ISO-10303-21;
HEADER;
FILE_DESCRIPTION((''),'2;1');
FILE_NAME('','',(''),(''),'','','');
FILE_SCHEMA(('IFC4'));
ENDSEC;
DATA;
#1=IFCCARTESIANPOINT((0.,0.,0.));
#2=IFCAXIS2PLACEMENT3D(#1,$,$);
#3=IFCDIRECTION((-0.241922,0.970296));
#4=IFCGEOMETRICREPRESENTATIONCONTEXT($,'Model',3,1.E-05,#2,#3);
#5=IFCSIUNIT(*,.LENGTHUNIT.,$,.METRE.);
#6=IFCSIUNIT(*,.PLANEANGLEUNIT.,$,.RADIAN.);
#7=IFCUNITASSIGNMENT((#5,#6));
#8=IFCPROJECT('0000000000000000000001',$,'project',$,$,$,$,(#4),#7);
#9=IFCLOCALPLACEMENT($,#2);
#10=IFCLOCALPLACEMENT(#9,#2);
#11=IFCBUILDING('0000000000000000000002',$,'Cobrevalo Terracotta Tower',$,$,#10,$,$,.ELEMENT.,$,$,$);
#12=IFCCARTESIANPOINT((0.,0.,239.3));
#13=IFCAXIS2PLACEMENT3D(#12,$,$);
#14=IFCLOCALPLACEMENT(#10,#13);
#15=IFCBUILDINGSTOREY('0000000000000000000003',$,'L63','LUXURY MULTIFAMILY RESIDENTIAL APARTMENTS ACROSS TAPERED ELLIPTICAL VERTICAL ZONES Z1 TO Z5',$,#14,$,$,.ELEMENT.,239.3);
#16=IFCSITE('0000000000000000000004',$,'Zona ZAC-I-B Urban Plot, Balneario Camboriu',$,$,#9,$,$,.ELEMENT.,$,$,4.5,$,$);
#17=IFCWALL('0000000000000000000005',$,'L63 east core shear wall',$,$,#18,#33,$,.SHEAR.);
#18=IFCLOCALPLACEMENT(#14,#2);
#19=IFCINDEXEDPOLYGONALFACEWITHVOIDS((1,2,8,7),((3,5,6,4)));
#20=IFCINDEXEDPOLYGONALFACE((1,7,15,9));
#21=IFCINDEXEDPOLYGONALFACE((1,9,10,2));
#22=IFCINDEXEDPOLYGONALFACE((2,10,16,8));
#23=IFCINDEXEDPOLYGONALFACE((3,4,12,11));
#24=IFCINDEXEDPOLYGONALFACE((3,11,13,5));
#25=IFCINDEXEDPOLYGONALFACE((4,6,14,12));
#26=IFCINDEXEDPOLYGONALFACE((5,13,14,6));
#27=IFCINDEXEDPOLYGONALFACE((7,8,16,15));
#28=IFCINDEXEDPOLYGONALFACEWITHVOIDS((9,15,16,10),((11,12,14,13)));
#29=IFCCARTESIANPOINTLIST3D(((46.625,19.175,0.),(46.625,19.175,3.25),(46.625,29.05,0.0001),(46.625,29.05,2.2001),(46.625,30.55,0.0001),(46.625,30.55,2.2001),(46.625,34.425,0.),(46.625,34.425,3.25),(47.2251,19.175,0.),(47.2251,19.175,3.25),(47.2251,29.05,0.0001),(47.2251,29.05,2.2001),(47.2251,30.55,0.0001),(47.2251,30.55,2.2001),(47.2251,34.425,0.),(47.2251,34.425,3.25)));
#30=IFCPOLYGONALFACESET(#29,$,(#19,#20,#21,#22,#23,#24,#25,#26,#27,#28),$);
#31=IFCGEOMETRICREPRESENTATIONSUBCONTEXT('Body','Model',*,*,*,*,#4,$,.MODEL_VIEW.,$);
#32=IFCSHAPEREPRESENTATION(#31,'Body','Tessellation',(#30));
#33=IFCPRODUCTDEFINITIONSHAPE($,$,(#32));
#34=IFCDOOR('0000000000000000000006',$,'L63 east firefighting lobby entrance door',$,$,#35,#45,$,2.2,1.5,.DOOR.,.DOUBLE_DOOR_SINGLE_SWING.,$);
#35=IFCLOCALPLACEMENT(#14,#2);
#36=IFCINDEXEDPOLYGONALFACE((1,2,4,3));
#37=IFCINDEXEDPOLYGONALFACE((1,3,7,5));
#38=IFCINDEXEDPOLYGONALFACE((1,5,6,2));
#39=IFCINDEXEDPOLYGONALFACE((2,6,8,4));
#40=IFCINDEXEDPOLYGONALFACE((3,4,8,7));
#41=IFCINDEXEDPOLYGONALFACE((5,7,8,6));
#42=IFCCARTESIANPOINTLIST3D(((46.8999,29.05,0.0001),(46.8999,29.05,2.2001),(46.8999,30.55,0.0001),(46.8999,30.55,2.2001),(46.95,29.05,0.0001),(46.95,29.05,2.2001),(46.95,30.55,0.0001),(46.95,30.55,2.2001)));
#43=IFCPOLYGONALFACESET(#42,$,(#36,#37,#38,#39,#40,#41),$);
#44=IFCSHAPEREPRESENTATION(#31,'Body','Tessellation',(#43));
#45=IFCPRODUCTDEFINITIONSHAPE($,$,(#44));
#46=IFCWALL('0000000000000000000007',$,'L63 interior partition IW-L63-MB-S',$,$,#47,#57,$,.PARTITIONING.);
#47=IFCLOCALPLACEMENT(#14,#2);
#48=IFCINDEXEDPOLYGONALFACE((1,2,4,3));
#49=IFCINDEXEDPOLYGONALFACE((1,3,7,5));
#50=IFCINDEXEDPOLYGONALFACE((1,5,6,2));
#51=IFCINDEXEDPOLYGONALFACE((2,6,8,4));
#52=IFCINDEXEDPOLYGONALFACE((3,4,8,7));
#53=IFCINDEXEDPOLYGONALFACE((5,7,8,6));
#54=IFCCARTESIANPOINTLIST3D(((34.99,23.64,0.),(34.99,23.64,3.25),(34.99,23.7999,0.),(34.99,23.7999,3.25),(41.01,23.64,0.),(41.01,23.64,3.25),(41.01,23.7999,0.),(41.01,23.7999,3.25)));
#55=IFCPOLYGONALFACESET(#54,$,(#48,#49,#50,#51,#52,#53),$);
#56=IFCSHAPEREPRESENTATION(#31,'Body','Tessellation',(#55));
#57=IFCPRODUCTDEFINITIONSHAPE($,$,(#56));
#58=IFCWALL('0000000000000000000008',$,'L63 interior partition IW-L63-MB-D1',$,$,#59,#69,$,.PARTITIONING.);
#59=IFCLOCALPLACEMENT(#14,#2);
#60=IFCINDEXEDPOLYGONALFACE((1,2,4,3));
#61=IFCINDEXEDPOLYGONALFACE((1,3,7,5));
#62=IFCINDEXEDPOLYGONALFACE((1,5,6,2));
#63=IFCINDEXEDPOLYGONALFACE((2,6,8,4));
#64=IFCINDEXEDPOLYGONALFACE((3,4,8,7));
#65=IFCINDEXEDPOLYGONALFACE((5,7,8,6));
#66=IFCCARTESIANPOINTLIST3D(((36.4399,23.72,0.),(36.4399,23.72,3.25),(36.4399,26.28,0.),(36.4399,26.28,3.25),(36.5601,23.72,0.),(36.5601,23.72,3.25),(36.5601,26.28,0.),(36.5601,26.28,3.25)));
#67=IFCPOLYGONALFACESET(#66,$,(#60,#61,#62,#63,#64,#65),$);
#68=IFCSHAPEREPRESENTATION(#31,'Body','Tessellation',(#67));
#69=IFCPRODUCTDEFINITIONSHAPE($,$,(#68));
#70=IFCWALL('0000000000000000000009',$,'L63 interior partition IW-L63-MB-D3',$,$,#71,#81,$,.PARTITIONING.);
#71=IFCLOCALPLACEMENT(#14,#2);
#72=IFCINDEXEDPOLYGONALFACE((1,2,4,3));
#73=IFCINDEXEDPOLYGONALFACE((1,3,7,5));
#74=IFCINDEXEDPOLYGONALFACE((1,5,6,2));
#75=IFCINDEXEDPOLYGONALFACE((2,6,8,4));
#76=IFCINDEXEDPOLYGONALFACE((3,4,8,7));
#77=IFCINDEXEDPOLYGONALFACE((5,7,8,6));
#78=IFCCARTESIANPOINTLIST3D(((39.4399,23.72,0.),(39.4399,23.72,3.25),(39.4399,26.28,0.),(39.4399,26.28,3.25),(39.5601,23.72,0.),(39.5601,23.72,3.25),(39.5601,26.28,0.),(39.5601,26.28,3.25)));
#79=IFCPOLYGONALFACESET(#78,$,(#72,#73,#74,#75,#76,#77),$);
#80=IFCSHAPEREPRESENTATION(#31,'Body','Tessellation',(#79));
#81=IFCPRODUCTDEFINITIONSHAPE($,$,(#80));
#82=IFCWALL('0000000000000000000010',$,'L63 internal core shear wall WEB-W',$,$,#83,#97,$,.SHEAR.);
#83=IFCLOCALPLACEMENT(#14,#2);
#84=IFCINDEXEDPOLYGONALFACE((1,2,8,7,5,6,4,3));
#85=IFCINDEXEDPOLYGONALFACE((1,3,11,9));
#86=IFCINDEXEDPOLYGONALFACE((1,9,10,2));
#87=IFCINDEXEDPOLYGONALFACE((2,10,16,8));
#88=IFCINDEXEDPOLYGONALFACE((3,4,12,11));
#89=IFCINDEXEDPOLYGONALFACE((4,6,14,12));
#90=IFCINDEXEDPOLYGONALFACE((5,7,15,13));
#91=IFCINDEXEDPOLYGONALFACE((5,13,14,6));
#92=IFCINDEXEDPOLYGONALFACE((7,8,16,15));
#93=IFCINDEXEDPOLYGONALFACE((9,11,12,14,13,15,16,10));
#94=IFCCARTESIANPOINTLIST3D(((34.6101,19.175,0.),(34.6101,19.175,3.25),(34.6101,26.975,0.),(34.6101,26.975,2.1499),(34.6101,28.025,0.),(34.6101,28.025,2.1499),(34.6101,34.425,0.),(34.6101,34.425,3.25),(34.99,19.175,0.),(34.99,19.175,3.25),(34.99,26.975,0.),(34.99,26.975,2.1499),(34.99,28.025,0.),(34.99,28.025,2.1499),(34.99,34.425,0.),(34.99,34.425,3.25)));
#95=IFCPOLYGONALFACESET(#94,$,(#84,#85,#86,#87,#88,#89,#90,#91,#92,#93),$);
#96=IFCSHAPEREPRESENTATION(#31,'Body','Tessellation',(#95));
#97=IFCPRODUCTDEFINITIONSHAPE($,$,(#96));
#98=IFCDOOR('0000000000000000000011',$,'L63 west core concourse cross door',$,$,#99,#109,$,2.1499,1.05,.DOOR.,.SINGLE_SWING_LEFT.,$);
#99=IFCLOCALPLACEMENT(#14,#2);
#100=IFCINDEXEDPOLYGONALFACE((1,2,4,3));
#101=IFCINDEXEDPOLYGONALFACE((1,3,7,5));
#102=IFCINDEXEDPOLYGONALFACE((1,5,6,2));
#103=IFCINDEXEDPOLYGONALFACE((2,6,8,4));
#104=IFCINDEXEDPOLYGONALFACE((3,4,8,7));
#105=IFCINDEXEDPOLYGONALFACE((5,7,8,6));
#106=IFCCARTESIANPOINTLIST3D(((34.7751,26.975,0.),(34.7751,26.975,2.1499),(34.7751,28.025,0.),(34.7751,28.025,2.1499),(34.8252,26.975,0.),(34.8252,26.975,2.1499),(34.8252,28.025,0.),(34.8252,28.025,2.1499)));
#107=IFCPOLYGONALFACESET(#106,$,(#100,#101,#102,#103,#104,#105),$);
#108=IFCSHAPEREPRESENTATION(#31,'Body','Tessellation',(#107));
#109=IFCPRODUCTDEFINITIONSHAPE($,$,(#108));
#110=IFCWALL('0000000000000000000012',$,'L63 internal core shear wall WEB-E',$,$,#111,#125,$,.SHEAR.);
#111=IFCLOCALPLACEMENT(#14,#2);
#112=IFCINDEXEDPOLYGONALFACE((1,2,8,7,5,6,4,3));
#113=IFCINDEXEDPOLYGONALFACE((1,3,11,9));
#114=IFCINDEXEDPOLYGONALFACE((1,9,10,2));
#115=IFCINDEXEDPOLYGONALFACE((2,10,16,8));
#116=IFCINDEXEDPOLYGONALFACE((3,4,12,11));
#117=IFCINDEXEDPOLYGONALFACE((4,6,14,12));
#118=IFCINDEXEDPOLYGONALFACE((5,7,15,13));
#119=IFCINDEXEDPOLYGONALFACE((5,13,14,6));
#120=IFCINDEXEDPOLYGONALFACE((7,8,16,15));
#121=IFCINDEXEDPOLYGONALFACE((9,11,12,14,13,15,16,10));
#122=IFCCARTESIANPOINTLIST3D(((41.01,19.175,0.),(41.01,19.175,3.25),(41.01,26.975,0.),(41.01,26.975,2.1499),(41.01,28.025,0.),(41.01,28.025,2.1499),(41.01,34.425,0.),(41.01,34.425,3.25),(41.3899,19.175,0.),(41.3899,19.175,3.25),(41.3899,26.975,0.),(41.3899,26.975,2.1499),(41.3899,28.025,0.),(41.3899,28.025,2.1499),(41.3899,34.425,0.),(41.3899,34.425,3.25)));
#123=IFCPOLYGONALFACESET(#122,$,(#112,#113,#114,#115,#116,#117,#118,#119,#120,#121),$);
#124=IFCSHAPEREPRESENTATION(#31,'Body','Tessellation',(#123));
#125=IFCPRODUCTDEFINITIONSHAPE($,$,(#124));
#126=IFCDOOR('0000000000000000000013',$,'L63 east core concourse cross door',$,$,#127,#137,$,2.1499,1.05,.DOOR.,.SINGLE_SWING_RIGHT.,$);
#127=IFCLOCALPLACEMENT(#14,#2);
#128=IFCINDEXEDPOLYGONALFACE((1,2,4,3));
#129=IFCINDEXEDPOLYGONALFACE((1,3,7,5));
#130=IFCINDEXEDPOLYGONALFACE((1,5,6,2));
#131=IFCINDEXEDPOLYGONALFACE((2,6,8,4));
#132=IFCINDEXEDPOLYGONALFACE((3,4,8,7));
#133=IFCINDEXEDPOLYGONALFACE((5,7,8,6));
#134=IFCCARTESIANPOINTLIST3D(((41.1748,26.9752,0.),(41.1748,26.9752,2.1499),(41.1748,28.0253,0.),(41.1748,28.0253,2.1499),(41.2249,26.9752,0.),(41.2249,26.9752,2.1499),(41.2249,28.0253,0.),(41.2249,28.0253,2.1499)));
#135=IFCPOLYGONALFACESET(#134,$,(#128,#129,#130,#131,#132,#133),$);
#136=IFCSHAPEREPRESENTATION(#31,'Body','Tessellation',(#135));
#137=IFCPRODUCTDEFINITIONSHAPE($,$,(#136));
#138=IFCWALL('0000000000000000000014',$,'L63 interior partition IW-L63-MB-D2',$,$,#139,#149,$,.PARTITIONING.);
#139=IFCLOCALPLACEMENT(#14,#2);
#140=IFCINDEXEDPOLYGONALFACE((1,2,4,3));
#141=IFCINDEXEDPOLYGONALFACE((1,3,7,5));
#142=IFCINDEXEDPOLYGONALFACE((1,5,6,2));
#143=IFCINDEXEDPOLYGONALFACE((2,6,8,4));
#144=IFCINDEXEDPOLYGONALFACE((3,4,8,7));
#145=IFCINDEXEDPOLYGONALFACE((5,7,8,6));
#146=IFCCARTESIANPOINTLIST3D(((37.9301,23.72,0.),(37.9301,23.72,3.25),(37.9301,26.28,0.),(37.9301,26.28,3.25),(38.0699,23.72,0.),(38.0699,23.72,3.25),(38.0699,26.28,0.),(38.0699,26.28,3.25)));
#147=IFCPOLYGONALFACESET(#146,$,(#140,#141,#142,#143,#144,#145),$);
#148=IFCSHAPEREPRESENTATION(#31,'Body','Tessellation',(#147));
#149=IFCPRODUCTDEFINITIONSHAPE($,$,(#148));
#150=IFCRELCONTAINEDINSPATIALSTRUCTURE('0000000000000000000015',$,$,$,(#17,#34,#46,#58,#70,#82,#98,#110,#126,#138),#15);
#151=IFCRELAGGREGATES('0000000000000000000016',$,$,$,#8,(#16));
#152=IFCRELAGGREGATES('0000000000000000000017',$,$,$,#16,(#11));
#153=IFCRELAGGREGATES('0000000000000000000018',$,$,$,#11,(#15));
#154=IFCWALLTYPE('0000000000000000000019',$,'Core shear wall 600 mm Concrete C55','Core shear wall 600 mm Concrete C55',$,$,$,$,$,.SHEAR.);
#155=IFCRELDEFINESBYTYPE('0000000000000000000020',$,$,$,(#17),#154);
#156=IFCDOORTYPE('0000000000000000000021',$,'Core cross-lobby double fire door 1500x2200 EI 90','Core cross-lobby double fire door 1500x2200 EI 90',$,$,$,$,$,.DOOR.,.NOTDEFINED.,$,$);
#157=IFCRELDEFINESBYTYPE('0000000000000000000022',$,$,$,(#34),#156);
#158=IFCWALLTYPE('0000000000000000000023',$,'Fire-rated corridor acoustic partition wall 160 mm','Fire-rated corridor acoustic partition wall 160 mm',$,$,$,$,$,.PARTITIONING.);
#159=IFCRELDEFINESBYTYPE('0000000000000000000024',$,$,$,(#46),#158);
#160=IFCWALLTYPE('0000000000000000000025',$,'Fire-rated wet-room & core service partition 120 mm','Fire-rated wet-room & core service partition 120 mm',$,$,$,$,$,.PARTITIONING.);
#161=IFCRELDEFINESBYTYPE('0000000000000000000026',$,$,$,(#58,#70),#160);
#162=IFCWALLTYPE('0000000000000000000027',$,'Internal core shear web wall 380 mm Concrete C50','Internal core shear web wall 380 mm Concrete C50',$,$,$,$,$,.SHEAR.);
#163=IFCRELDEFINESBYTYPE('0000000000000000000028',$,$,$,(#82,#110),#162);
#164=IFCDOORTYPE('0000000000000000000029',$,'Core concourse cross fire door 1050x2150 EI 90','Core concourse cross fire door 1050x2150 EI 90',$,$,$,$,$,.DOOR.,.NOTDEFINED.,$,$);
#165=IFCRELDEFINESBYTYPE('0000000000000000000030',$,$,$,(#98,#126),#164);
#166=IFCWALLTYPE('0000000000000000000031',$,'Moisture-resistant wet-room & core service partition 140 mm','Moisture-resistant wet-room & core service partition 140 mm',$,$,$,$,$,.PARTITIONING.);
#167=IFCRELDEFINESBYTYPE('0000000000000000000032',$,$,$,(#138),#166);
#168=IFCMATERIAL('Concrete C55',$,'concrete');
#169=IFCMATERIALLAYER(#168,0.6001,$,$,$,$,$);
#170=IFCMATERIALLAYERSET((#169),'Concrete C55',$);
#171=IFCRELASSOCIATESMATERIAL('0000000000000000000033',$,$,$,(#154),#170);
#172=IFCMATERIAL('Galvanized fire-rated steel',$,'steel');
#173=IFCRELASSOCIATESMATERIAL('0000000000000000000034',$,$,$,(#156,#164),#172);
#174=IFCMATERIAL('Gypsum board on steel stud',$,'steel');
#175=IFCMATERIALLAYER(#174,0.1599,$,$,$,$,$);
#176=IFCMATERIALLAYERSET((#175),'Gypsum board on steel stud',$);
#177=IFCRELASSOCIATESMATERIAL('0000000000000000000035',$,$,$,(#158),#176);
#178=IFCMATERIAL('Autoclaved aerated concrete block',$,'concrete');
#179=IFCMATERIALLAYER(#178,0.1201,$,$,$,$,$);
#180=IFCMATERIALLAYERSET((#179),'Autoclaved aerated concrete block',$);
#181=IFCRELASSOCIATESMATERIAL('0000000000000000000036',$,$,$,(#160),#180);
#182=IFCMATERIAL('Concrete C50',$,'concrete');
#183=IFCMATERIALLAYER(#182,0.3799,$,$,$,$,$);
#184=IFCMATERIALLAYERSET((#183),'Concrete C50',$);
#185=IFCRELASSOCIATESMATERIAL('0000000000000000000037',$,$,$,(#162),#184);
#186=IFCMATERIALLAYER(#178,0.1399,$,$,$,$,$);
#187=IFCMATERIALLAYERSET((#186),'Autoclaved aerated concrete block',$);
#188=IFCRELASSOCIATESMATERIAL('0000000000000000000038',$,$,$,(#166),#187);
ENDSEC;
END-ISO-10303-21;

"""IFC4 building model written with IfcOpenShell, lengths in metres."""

from ifc_helpers import new_model, si_unit, direction, frame, frame_2d, origin, place, context, subcontext, project, spatial, rectangle, extrude, source, transform, mapped, material, layer, layer_set, type_object, element, fill, save


model = new_model("IFC4")

# Units and contexts
model_context = context("Model", 3, precision=1e-05, world=origin(), true_north=direction((-0.241922, 0.970296)))
body_context = subcontext(model_context, "Body", "Model", "MODEL_VIEW")
ifc_project = project(units=[si_unit("LENGTHUNIT", "METRE"), si_unit("PLANEANGLEUNIT", "RADIAN")], contexts=[model_context])

# Site, building, storey
site_placement = place(None, origin())
site = spatial("IfcSite", under=ifc_project, at=site_placement, Name="Zona ZAC-I-B Urban Plot, Balneario Camboriu", CompositionType="ELEMENT", RefElevation=4.5)
building_placement = place(site_placement, origin())
building = spatial("IfcBuilding", under=site, at=building_placement, Name="Cobrevalo Terracotta Tower", CompositionType="ELEMENT")
storey_placement = place(building_placement, frame((0.0, 0.0, 239.3)))
storey = spatial("IfcBuildingStorey", under=building, at=storey_placement, Name="L63", Description="LUXURY MULTIFAMILY RESIDENTIAL APARTMENTS ACROSS TAPERED ELLIPTICAL VERTICAL ZONES Z1 TO Z5", CompositionType="ELEMENT", Elevation=239.3)

# Wall, opening, door
ifc_material_1 = material(Name="Concrete C55", Category="concrete")
ifc_layer_1 = layer(ifc_material_1, 0.6001)
ifc_layer_set_1 = layer_set([ifc_layer_1], Name="Concrete C55")
wall_type_1 = type_object("IfcWallType", Name="Core shear wall 600 mm Concrete C55", Description="Core shear wall 600 mm Concrete C55", PredefinedType="SHEAR", material=ifc_layer_set_1)
wall_1_placement = place(storey_placement, frame((46.925, 19.175, 0.0), z_axis=(0.0, 0.0, 1.0), x_axis=(0.0, 1.0, 0.0)))
wall_1 = element("IfcWall", 1, at=wall_1_placement, inside=storey, type_object=wall_type_1, Name="L63 east core shear wall", PredefinedType="SHEAR", context=body_context, shape_type="SweptSolid", body=[
    extrude(rectangle(XDim=15.25, YDim=0.6001, at=frame_2d((7.625, 0.0))), origin(), (0.0, 0.0, 1.0), 3.25),
])
opening_1_placement = place(wall_1_placement, frame((9.875, 0.0, 0.0)))
opening_1 = element("IfcOpeningElement", 2, at=opening_1_placement, cuts=wall_1, PredefinedType="OPENING", context=body_context, shape_type="SweptSolid", body=[
    extrude(rectangle(XDim=1.5, YDim=2.2, at=frame_2d((0.75, 1.1001))), frame((0.0, 0.3101, 0.0), z_axis=(0.0, -1.0, 0.0), x_axis=(1.0, 0.0, 0.0)), (0.0, 0.0, 1.0), 0.6201),
])
ifc_material_2 = material(Name="Galvanized fire-rated steel", Category="steel")
door_type_1 = type_object("IfcDoorType", Name="Core cross-lobby double fire door 1500x2200 EI 90", Description="Core cross-lobby double fire door 1500x2200 EI 90", OperationType="NOTDEFINED", PredefinedType="DOOR", material=ifc_material_2)
shared_shape_1 = source(origin(), body_context, "Body", "SweptSolid", [
    extrude(rectangle(XDim=1.5, YDim=2.2, at=frame_2d((0.75, 1.1001))), frame((0.0, 0.0249, 0.0), z_axis=(0.0, -1.0, 0.0), x_axis=(1.0, 0.0, 0.0)), (0.0, 0.0, 1.0), 0.05),
])
door_1_placement = place(opening_1_placement, frame((1.5, 0.0, 0.0), z_axis=(0.0, 0.0, 1.0), x_axis=(-1.0, 0.0, 0.0)))
door_1 = element("IfcDoor", 3, at=door_1_placement, inside=storey, type_object=door_type_1, Name="L63 east firefighting lobby entrance door", OperationType="DOUBLE_DOOR_SINGLE_SWING", OverallHeight=2.2, OverallWidth=1.5, PredefinedType="DOOR", context=body_context, shape_type="MappedRepresentation", body=[
    mapped(shared_shape_1, transform((0.0, 0.0, 0.0), scale=1.0)),
])
fill(opening_1, door_1)

# Walls
ifc_material_3 = material(Name="Gypsum board on steel stud", Category="steel")
ifc_layer_2 = layer(ifc_material_3, 0.1599)
ifc_layer_set_2 = layer_set([ifc_layer_2], Name="Gypsum board on steel stud")
wall_type_2 = type_object("IfcWallType", Name="Fire-rated corridor acoustic partition wall 160 mm", Description="Fire-rated corridor acoustic partition wall 160 mm", PredefinedType="PARTITIONING", material=ifc_layer_set_2)
wall_2_placement = place(storey_placement, frame((34.99, 23.72, 0.0), z_axis=(0.0, 0.0, 1.0), x_axis=(1.0, 0.0, 0.0)))
element("IfcWall", 4, at=wall_2_placement, inside=storey, type_object=wall_type_2, Name="L63 interior partition IW-L63-MB-S", PredefinedType="PARTITIONING", context=body_context, shape_type="SweptSolid", body=[
    extrude(rectangle(XDim=6.02, YDim=0.1599, at=frame_2d((3.01, 0.0))), origin(), (0.0, 0.0, 1.0), 3.25),
])
ifc_material_4 = material(Name="Autoclaved aerated concrete block", Category="concrete")
ifc_layer_3 = layer(ifc_material_4, 0.1201)
ifc_layer_set_3 = layer_set([ifc_layer_3], Name="Autoclaved aerated concrete block")
wall_type_3 = type_object("IfcWallType", Name="Fire-rated wet-room & core service partition 120 mm", Description="Fire-rated wet-room & core service partition 120 mm", PredefinedType="PARTITIONING", material=ifc_layer_set_3)
for number, where, z_axis, x_axis, name in (
    (5, (36.5, 23.72, 0.0), (0.0, 0.0, 1.0), (0.0, 1.0, 0.0), "L63 interior partition IW-L63-MB-D1"),
    (6, (39.5, 23.72, 0.0), (0.0, 0.0, 1.0), (0.0, 1.0, 0.0), "L63 interior partition IW-L63-MB-D3"),
):
    element("IfcWall", number, at=place(storey_placement, frame(where, z_axis=z_axis, x_axis=x_axis)), inside=storey, type_object=wall_type_3, Name=name, PredefinedType="PARTITIONING", context=body_context, shape_type="SweptSolid", body=[
        extrude(rectangle(XDim=2.5601, YDim=0.1201, at=frame_2d((1.28, 0.0))), origin(), (0.0, 0.0, 1.0), 3.25),
    ])

# Walls, openings, doors
ifc_material_5 = material(Name="Concrete C50", Category="concrete")
ifc_layer_4 = layer(ifc_material_5, 0.3799)
ifc_layer_set_4 = layer_set([ifc_layer_4], Name="Concrete C50")
wall_type_4 = type_object("IfcWallType", Name="Internal core shear web wall 380 mm Concrete C50", Description="Internal core shear web wall 380 mm Concrete C50", PredefinedType="SHEAR", material=ifc_layer_set_4)
wall_3_placement = place(storey_placement, frame((34.8, 19.175, 0.0), z_axis=(0.0, 0.0, 1.0), x_axis=(0.0, 1.0, 0.0)))
wall_3 = element("IfcWall", 7, at=wall_3_placement, inside=storey, type_object=wall_type_4, Name="L63 internal core shear wall WEB-W", PredefinedType="SHEAR", context=body_context, shape_type="SweptSolid", body=[
    extrude(rectangle(XDim=15.25, YDim=0.3799, at=frame_2d((7.625, 0.0))), origin(), (0.0, 0.0, 1.0), 3.25),
])
opening_2_placement = place(wall_3_placement, frame((7.8, 0.0, 0.0)))
opening_2 = element("IfcOpeningElement", 8, at=opening_2_placement, cuts=wall_3, PredefinedType="OPENING", context=body_context, shape_type="SweptSolid", body=[
    extrude(rectangle(XDim=1.05, YDim=2.1499, at=frame_2d((0.5249, 1.075))), frame((0.0, 0.2, 0.0), z_axis=(0.0, -1.0, 0.0), x_axis=(1.0, 0.0, 0.0)), (0.0, 0.0, 1.0), 0.3999),
])
door_type_2 = type_object("IfcDoorType", Name="Core concourse cross fire door 1050x2150 EI 90", Description="Core concourse cross fire door 1050x2150 EI 90", OperationType="NOTDEFINED", PredefinedType="DOOR", material=ifc_material_2)
shared_shape_2 = source(origin(), body_context, "Body", "SweptSolid", [
    extrude(rectangle(XDim=1.05, YDim=2.1499, at=frame_2d((0.5249, 1.075))), frame((0.0, 0.0249, 0.0), z_axis=(0.0, -1.0, 0.0), x_axis=(1.0, 0.0, 0.0)), (0.0, 0.0, 1.0), 0.05),
])
door_2_placement = place(opening_2_placement, origin())
door_2 = element("IfcDoor", 9, at=door_2_placement, inside=storey, type_object=door_type_2, Name="L63 west core concourse cross door", OperationType="SINGLE_SWING_LEFT", OverallHeight=2.1499, OverallWidth=1.05, PredefinedType="DOOR", context=body_context, shape_type="MappedRepresentation", body=[
    mapped(shared_shape_2, transform((0.0, 0.0, 0.0), scale=1.0)),
])
fill(opening_2, door_2)
wall_4_placement = place(storey_placement, frame((41.2, 19.175, 0.0), z_axis=(0.0, 0.0, 1.0), x_axis=(0.0, 1.0, 0.0)))
wall_4 = element("IfcWall", 10, at=wall_4_placement, inside=storey, type_object=wall_type_4, Name="L63 internal core shear wall WEB-E", PredefinedType="SHEAR", context=body_context, shape_type="SweptSolid", body=[
    extrude(rectangle(XDim=15.25, YDim=0.3799, at=frame_2d((7.625, 0.0))), origin(), (0.0, 0.0, 1.0), 3.25),
])
opening_3_placement = place(wall_4_placement, frame((7.8, 0.0, 0.0)))
opening_3 = element("IfcOpeningElement", 11, at=opening_3_placement, cuts=wall_4, PredefinedType="OPENING", context=body_context, shape_type="SweptSolid", body=[
    extrude(rectangle(XDim=1.05, YDim=2.1499, at=frame_2d((0.5249, 1.075))), frame((0.0, 0.2, 0.0), z_axis=(0.0, -1.0, 0.0), x_axis=(1.0, 0.0, 0.0)), (0.0, 0.0, 1.0), 0.3999),
])
door_3_placement = place(opening_3_placement, frame((1.05, 0.0, 0.0), z_axis=(0.0, 0.0, 1.0), x_axis=(-1.0, 0.0, 0.0)))
door_3 = element("IfcDoor", 12, at=door_3_placement, inside=storey, type_object=door_type_2, Name="L63 east core concourse cross door", OperationType="SINGLE_SWING_RIGHT", OverallHeight=2.1499, OverallWidth=1.05, PredefinedType="DOOR", context=body_context, shape_type="MappedRepresentation", body=[
    mapped(shared_shape_2, transform((0.0, 0.0, 0.0), scale=1.0)),
])
fill(opening_3, door_3)

# Wall
ifc_layer_5 = layer(ifc_material_4, 0.1399)
ifc_layer_set_5 = layer_set([ifc_layer_5], Name="Autoclaved aerated concrete block")
wall_type_5 = type_object("IfcWallType", Name="Moisture-resistant wet-room & core service partition 140 mm", Description="Moisture-resistant wet-room & core service partition 140 mm", PredefinedType="PARTITIONING", material=ifc_layer_set_5)
wall_5_placement = place(storey_placement, frame((38.0, 23.72, 0.0), z_axis=(0.0, 0.0, 1.0), x_axis=(0.0, 1.0, 0.0)))
element("IfcWall", 13, at=wall_5_placement, inside=storey, type_object=wall_type_5, Name="L63 interior partition IW-L63-MB-D2", PredefinedType="PARTITIONING", context=body_context, shape_type="SweptSolid", body=[
    extrude(rectangle(XDim=2.5601, YDim=0.1399, at=frame_2d((1.28, 0.0))), origin(), (0.0, 0.0, 1.0), 3.25),
])

save(model, "model.ifc")
